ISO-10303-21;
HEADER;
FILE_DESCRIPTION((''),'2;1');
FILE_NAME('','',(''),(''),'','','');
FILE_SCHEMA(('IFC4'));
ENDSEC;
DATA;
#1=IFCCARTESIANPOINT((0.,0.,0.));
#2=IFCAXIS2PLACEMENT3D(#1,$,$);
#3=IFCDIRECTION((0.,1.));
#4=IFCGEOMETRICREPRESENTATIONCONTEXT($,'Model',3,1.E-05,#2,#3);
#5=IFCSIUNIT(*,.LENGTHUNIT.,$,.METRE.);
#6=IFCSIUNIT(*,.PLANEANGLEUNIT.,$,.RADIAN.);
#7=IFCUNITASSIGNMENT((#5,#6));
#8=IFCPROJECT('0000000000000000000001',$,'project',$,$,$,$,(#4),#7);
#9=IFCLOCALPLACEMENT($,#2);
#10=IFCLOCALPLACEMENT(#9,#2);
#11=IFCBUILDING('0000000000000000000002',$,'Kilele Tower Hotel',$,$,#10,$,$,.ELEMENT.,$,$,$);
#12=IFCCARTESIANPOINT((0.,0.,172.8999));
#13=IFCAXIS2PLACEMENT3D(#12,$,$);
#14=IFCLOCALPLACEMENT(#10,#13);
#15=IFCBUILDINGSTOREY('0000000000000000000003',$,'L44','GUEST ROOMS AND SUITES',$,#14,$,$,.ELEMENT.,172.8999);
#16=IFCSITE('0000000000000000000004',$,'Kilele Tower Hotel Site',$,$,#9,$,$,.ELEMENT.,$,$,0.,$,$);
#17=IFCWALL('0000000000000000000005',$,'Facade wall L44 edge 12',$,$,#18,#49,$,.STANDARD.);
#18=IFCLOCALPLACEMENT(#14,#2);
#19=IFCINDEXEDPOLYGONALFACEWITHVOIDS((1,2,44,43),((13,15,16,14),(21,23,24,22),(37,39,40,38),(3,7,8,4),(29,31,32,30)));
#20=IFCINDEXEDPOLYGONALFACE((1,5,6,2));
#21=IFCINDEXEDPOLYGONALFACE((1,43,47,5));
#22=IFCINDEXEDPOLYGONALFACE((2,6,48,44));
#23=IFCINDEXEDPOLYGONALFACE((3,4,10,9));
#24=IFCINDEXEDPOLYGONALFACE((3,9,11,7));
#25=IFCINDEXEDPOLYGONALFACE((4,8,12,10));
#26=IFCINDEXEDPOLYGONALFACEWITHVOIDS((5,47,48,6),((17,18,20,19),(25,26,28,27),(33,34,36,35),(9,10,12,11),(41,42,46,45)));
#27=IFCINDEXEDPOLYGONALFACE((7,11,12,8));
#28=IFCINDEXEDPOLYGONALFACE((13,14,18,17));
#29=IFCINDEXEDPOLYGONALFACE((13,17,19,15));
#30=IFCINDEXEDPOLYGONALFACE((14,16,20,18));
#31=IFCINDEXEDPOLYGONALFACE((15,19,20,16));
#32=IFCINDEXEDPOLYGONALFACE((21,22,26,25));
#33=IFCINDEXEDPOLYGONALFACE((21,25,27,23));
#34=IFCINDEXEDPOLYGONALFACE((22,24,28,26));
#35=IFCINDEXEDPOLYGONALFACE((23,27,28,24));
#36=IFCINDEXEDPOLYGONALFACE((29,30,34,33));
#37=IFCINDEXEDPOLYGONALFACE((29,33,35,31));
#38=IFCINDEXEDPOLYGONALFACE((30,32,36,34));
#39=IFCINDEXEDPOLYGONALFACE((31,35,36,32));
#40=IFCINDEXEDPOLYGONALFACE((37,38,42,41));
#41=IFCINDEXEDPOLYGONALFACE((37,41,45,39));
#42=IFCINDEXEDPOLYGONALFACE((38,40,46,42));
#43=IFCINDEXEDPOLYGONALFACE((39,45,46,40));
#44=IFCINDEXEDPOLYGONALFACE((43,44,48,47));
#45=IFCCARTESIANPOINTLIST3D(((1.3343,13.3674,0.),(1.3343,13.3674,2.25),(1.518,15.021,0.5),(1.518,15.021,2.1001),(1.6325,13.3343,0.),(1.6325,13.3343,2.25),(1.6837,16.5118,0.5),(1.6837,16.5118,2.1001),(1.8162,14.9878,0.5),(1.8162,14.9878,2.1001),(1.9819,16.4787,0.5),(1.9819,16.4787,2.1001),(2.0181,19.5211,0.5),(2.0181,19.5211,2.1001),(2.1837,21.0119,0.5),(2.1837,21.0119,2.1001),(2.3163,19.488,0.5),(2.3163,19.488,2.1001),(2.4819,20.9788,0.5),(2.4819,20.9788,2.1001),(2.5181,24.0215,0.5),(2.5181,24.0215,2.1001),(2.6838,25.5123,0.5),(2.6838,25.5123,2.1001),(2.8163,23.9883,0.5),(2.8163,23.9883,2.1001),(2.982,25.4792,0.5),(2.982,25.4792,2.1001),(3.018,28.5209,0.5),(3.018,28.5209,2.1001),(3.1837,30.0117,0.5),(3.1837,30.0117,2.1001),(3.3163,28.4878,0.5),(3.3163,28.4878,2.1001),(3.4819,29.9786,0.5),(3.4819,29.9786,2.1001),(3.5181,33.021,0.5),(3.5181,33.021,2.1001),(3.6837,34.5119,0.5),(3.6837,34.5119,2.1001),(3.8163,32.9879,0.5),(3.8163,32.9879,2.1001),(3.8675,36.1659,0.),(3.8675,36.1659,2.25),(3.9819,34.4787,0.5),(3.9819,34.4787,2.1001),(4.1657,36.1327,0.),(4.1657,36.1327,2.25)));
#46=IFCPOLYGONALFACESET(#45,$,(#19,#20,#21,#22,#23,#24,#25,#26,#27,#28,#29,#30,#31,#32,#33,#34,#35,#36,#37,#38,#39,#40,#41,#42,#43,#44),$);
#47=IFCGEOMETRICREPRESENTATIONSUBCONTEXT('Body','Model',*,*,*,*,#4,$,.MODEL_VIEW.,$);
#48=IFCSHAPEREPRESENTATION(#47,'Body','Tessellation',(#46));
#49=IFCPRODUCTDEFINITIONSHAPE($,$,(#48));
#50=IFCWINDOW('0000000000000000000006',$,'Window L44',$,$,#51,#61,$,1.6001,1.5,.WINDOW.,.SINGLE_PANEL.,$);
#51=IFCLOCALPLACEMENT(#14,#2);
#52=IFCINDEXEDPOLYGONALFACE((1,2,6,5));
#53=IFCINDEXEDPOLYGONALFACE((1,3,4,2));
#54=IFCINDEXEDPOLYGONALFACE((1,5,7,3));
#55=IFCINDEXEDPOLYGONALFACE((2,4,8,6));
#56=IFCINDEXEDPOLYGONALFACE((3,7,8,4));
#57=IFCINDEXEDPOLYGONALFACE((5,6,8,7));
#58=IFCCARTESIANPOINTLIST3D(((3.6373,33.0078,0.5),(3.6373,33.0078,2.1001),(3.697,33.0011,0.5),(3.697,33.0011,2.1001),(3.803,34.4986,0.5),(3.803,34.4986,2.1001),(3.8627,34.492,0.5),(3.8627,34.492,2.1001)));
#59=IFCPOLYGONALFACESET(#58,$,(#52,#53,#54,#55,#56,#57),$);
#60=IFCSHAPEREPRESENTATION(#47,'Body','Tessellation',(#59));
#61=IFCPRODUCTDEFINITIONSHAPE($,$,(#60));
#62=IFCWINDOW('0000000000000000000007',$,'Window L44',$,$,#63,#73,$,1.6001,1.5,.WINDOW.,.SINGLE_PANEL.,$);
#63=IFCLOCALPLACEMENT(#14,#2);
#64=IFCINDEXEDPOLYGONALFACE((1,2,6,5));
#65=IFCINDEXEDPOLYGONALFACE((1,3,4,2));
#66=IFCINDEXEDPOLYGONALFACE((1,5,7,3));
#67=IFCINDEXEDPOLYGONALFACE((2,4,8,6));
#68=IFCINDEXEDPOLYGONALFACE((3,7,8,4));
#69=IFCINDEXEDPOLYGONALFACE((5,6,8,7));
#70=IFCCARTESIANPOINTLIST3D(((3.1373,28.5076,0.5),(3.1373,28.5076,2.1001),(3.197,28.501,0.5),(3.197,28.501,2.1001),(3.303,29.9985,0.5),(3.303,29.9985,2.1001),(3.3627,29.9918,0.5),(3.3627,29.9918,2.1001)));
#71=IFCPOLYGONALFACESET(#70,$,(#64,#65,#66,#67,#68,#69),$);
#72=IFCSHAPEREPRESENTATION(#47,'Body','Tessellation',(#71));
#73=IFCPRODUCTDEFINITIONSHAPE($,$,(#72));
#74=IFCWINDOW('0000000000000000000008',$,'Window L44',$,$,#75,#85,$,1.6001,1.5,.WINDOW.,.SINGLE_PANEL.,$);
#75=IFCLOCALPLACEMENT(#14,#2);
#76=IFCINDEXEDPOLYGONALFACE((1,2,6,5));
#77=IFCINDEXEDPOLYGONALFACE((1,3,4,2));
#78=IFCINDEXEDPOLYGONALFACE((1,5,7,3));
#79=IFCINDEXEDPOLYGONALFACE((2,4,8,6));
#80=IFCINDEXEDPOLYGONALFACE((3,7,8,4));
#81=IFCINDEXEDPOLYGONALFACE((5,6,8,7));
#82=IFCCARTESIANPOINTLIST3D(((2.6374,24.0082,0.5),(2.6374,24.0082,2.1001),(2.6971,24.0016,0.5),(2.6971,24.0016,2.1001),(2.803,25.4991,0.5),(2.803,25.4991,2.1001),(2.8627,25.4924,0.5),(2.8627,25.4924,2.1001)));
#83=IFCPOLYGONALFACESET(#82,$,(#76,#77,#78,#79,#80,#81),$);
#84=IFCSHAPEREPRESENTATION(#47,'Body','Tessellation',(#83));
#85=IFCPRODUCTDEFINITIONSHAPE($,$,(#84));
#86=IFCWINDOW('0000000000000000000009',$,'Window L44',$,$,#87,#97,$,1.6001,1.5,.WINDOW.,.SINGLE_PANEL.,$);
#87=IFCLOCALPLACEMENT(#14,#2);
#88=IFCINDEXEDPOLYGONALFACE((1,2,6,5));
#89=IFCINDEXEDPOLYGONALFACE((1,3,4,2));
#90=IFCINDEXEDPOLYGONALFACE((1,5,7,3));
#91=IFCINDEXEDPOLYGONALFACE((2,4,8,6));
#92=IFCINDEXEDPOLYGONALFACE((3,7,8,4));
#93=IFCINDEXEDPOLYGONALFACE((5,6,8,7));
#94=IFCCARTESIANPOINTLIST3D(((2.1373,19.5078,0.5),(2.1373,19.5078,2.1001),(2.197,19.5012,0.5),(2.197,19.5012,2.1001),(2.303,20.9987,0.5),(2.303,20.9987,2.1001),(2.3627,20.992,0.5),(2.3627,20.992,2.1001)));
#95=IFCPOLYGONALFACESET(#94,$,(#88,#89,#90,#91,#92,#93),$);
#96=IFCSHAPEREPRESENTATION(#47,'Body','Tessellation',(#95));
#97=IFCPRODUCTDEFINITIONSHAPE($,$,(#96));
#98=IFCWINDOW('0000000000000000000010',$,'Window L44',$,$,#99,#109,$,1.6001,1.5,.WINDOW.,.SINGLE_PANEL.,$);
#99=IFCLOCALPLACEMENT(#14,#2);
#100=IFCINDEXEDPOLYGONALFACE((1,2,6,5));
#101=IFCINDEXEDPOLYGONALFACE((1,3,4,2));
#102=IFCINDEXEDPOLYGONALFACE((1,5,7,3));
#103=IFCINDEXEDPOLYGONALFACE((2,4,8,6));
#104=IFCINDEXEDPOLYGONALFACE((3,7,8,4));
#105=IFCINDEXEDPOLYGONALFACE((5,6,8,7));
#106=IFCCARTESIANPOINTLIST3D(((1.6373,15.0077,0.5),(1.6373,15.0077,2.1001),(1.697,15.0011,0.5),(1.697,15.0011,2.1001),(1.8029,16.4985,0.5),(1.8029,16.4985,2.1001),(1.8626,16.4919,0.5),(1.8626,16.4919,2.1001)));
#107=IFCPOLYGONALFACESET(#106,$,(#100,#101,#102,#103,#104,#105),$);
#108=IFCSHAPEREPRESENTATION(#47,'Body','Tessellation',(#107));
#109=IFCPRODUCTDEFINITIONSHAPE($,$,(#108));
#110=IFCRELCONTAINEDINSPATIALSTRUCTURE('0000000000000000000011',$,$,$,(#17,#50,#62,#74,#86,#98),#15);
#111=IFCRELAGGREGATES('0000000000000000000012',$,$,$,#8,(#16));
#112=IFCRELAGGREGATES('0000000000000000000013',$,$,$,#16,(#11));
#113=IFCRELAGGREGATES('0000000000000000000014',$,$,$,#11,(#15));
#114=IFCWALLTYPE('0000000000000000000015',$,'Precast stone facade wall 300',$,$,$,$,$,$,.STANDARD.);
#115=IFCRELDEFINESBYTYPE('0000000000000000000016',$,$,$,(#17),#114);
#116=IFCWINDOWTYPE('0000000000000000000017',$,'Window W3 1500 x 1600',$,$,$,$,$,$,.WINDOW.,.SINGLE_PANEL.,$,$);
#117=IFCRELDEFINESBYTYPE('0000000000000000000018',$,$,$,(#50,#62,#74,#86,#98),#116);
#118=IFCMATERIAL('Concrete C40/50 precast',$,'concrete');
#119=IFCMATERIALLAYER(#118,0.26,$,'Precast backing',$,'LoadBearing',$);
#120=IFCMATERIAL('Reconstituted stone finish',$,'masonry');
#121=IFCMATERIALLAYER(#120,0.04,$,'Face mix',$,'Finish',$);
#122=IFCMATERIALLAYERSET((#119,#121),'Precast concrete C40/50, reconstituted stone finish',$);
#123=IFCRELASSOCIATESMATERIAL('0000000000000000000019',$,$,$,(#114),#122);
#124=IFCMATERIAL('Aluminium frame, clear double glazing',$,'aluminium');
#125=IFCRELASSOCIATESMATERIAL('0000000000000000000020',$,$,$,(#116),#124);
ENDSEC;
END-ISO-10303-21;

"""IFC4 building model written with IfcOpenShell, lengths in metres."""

from ifc_helpers import new_model, si_unit, direction, frame, frame_2d, origin, place, context, subcontext, project, spatial, rectangle, extrude, material, layer, layer_set, type_object, element, fill, save


model = new_model("IFC4")

# Units and contexts
model_context = context("Model", 3, precision=1e-05, world=origin(), true_north=direction((0.0, 1.0)))
body_context = subcontext(model_context, "Body", "Model", "MODEL_VIEW")
ifc_project = project(units=[si_unit("LENGTHUNIT", "METRE"), si_unit("PLANEANGLEUNIT", "RADIAN")], contexts=[model_context])

# Site, building, storey
site_placement = place(None, origin())
site = spatial("IfcSite", under=ifc_project, at=site_placement, Name="Kilele Tower Hotel Site", CompositionType="ELEMENT", RefElevation=0.0)
building_placement = place(site_placement, origin())
building = spatial("IfcBuilding", under=site, at=building_placement, Name="Kilele Tower Hotel", CompositionType="ELEMENT")
storey_placement = place(building_placement, frame((0.0, 0.0, 172.8999)))
storey = spatial("IfcBuildingStorey", under=building, at=storey_placement, Name="L44", Description="GUEST ROOMS AND SUITES", CompositionType="ELEMENT", Elevation=172.8999)

# Shared definitions
ifc_material_1 = material(Name="Concrete C40/50 precast", Category="concrete")
ifc_layer_1 = layer(ifc_material_1, 0.26, Name="Precast backing", Category="LoadBearing")
ifc_material_2 = material(Name="Reconstituted stone finish", Category="masonry")
ifc_layer_2 = layer(ifc_material_2, 0.04, Name="Face mix", Category="Finish")
ifc_layer_set_1 = layer_set([ifc_layer_1, ifc_layer_2], Name="Precast concrete C40/50, reconstituted stone finish")
wall_type_1 = type_object("IfcWallType", Name="Precast stone facade wall 300", PredefinedType="STANDARD", material=ifc_layer_set_1)

# Wall, openings, windows
wall_1_placement = place(storey_placement, frame((4.0166, 36.1492, 0.0), z_axis=(0.0, 0.0, 1.0), x_axis=(-0.110434, -0.993883, 0.0)))
wall_1 = element("IfcWall", 1, at=wall_1_placement, inside=storey, type_object=wall_type_1, Name="Facade wall L44 edge 12", PredefinedType="STANDARD", context=body_context, shape_type="SweptSolid", body=[
    extrude(rectangle(XDim=22.9387, YDim=0.3, at=frame_2d((11.4692, 0.0))), origin(), (0.0, 0.0, 1.0), 2.25),
])
opening_1_placement = place(wall_1_placement, frame((1.6641, 0.0, 0.5)))
opening_1 = element("IfcOpeningElement", 2, at=opening_1_placement, cuts=wall_1, PredefinedType="OPENING", context=body_context, shape_type="SweptSolid", body=[
    extrude(rectangle(XDim=1.5, YDim=1.6001, at=frame_2d((0.75, 0.8))), frame((0.0, 0.1599, 0.0), z_axis=(0.0, -1.0, 0.0), x_axis=(1.0, 0.0, 0.0)), (0.0, 0.0, 1.0), 0.3201),
])
opening_2_placement = place(wall_1_placement, frame((6.1919, 0.0, 0.5)))
opening_2 = element("IfcOpeningElement", 3, at=opening_2_placement, cuts=wall_1, PredefinedType="OPENING", context=body_context, shape_type="SweptSolid", body=[
    extrude(rectangle(XDim=1.5, YDim=1.6001, at=frame_2d((0.75, 0.8))), frame((0.0, 0.1599, 0.0), z_axis=(0.0, -1.0, 0.0), x_axis=(1.0, 0.0, 0.0)), (0.0, 0.0, 1.0), 0.3201),
])
opening_3_placement = place(wall_1_placement, frame((10.719, 0.0, 0.5)))
opening_3 = element("IfcOpeningElement", 4, at=opening_3_placement, cuts=wall_1, PredefinedType="OPENING", context=body_context, shape_type="SweptSolid", body=[
    extrude(rectangle(XDim=1.5, YDim=1.6001, at=frame_2d((0.75, 0.8))), frame((0.0, 0.1599, 0.0), z_axis=(0.0, -1.0, 0.0), x_axis=(1.0, 0.0, 0.0)), (0.0, 0.0, 1.0), 0.3201),
])
opening_4_placement = place(wall_1_placement, frame((15.2471, 0.0, 0.5)))
opening_4 = element("IfcOpeningElement", 5, at=opening_4_placement, cuts=wall_1, PredefinedType="OPENING", context=body_context, shape_type="SweptSolid", body=[
    extrude(rectangle(XDim=1.5, YDim=1.6001, at=frame_2d((0.75, 0.8))), frame((0.0, 0.1599, 0.0), z_axis=(0.0, -1.0, 0.0), x_axis=(1.0, 0.0, 0.0)), (0.0, 0.0, 1.0), 0.3201),
])
opening_5_placement = place(wall_1_placement, frame((19.7749, 0.0, 0.5)))
opening_5 = element("IfcOpeningElement", 6, at=opening_5_placement, cuts=wall_1, PredefinedType="OPENING", context=body_context, shape_type="SweptSolid", body=[
    extrude(rectangle(XDim=1.5, YDim=1.6001, at=frame_2d((0.75, 0.8))), frame((0.0, 0.1599, 0.0), z_axis=(0.0, -1.0, 0.0), x_axis=(1.0, 0.0, 0.0)), (0.0, 0.0, 1.0), 0.3201),
])
ifc_material_3 = material(Name="Aluminium frame, clear double glazing", Category="aluminium")
window_type_1 = type_object("IfcWindowType", Name="Window W3 1500 x 1600", PartitioningType="SINGLE_PANEL", PredefinedType="WINDOW", material=ifc_material_3)
window_1_placement = place(opening_1_placement, origin())
window_1 = element("IfcWindow", 7, at=window_1_placement, inside=storey, type_object=window_type_1, Name="Window L44", OverallHeight=1.6001, OverallWidth=1.5, PartitioningType="SINGLE_PANEL", PredefinedType="WINDOW", context=body_context, shape_type="SweptSolid", body=[
    extrude(rectangle(XDim=1.5, YDim=1.6001, at=frame_2d((0.75, 0.8))), frame((0.0, 0.03, 0.0), z_axis=(0.0, -1.0, 0.0), x_axis=(1.0, 0.0, 0.0)), (0.0, 0.0, 1.0), 0.0601),
])
fill(opening_1, window_1)
window_2_placement = place(opening_2_placement, origin())
window_2 = element("IfcWindow", 8, at=window_2_placement, inside=storey, type_object=window_type_1, Name="Window L44", OverallHeight=1.6001, OverallWidth=1.5, PartitioningType="SINGLE_PANEL", PredefinedType="WINDOW", context=body_context, shape_type="SweptSolid", body=[
    extrude(rectangle(XDim=1.5, YDim=1.6001, at=frame_2d((0.75, 0.8))), frame((0.0, 0.03, 0.0), z_axis=(0.0, -1.0, 0.0), x_axis=(1.0, 0.0, 0.0)), (0.0, 0.0, 1.0), 0.0601),
])
fill(opening_2, window_2)
window_3_placement = place(opening_3_placement, origin())
window_3 = element("IfcWindow", 9, at=window_3_placement, inside=storey, type_object=window_type_1, Name="Window L44", OverallHeight=1.6001, OverallWidth=1.5, PartitioningType="SINGLE_PANEL", PredefinedType="WINDOW", context=body_context, shape_type="SweptSolid", body=[
    extrude(rectangle(XDim=1.5, YDim=1.6001, at=frame_2d((0.75, 0.8))), frame((0.0, 0.03, 0.0), z_axis=(0.0, -1.0, 0.0), x_axis=(1.0, 0.0, 0.0)), (0.0, 0.0, 1.0), 0.0601),
])
fill(opening_3, window_3)
window_4_placement = place(opening_4_placement, origin())
window_4 = element("IfcWindow", 10, at=window_4_placement, inside=storey, type_object=window_type_1, Name="Window L44", OverallHeight=1.6001, OverallWidth=1.5, PartitioningType="SINGLE_PANEL", PredefinedType="WINDOW", context=body_context, shape_type="SweptSolid", body=[
    extrude(rectangle(XDim=1.5, YDim=1.6001, at=frame_2d((0.75, 0.8))), frame((0.0, 0.03, 0.0), z_axis=(0.0, -1.0, 0.0), x_axis=(1.0, 0.0, 0.0)), (0.0, 0.0, 1.0), 0.0601),
])
fill(opening_4, window_4)
window_5_placement = place(opening_5_placement, origin())
window_5 = element("IfcWindow", 11, at=window_5_placement, inside=storey, type_object=window_type_1, Name="Window L44", OverallHeight=1.6001, OverallWidth=1.5, PartitioningType="SINGLE_PANEL", PredefinedType="WINDOW", context=body_context, shape_type="SweptSolid", body=[
    extrude(rectangle(XDim=1.5, YDim=1.6001, at=frame_2d((0.75, 0.8))), frame((0.0, 0.03, 0.0), z_axis=(0.0, -1.0, 0.0), x_axis=(1.0, 0.0, 0.0)), (0.0, 0.0, 1.0), 0.0601),
])
fill(opening_5, window_5)

save(model, "model.ifc")
